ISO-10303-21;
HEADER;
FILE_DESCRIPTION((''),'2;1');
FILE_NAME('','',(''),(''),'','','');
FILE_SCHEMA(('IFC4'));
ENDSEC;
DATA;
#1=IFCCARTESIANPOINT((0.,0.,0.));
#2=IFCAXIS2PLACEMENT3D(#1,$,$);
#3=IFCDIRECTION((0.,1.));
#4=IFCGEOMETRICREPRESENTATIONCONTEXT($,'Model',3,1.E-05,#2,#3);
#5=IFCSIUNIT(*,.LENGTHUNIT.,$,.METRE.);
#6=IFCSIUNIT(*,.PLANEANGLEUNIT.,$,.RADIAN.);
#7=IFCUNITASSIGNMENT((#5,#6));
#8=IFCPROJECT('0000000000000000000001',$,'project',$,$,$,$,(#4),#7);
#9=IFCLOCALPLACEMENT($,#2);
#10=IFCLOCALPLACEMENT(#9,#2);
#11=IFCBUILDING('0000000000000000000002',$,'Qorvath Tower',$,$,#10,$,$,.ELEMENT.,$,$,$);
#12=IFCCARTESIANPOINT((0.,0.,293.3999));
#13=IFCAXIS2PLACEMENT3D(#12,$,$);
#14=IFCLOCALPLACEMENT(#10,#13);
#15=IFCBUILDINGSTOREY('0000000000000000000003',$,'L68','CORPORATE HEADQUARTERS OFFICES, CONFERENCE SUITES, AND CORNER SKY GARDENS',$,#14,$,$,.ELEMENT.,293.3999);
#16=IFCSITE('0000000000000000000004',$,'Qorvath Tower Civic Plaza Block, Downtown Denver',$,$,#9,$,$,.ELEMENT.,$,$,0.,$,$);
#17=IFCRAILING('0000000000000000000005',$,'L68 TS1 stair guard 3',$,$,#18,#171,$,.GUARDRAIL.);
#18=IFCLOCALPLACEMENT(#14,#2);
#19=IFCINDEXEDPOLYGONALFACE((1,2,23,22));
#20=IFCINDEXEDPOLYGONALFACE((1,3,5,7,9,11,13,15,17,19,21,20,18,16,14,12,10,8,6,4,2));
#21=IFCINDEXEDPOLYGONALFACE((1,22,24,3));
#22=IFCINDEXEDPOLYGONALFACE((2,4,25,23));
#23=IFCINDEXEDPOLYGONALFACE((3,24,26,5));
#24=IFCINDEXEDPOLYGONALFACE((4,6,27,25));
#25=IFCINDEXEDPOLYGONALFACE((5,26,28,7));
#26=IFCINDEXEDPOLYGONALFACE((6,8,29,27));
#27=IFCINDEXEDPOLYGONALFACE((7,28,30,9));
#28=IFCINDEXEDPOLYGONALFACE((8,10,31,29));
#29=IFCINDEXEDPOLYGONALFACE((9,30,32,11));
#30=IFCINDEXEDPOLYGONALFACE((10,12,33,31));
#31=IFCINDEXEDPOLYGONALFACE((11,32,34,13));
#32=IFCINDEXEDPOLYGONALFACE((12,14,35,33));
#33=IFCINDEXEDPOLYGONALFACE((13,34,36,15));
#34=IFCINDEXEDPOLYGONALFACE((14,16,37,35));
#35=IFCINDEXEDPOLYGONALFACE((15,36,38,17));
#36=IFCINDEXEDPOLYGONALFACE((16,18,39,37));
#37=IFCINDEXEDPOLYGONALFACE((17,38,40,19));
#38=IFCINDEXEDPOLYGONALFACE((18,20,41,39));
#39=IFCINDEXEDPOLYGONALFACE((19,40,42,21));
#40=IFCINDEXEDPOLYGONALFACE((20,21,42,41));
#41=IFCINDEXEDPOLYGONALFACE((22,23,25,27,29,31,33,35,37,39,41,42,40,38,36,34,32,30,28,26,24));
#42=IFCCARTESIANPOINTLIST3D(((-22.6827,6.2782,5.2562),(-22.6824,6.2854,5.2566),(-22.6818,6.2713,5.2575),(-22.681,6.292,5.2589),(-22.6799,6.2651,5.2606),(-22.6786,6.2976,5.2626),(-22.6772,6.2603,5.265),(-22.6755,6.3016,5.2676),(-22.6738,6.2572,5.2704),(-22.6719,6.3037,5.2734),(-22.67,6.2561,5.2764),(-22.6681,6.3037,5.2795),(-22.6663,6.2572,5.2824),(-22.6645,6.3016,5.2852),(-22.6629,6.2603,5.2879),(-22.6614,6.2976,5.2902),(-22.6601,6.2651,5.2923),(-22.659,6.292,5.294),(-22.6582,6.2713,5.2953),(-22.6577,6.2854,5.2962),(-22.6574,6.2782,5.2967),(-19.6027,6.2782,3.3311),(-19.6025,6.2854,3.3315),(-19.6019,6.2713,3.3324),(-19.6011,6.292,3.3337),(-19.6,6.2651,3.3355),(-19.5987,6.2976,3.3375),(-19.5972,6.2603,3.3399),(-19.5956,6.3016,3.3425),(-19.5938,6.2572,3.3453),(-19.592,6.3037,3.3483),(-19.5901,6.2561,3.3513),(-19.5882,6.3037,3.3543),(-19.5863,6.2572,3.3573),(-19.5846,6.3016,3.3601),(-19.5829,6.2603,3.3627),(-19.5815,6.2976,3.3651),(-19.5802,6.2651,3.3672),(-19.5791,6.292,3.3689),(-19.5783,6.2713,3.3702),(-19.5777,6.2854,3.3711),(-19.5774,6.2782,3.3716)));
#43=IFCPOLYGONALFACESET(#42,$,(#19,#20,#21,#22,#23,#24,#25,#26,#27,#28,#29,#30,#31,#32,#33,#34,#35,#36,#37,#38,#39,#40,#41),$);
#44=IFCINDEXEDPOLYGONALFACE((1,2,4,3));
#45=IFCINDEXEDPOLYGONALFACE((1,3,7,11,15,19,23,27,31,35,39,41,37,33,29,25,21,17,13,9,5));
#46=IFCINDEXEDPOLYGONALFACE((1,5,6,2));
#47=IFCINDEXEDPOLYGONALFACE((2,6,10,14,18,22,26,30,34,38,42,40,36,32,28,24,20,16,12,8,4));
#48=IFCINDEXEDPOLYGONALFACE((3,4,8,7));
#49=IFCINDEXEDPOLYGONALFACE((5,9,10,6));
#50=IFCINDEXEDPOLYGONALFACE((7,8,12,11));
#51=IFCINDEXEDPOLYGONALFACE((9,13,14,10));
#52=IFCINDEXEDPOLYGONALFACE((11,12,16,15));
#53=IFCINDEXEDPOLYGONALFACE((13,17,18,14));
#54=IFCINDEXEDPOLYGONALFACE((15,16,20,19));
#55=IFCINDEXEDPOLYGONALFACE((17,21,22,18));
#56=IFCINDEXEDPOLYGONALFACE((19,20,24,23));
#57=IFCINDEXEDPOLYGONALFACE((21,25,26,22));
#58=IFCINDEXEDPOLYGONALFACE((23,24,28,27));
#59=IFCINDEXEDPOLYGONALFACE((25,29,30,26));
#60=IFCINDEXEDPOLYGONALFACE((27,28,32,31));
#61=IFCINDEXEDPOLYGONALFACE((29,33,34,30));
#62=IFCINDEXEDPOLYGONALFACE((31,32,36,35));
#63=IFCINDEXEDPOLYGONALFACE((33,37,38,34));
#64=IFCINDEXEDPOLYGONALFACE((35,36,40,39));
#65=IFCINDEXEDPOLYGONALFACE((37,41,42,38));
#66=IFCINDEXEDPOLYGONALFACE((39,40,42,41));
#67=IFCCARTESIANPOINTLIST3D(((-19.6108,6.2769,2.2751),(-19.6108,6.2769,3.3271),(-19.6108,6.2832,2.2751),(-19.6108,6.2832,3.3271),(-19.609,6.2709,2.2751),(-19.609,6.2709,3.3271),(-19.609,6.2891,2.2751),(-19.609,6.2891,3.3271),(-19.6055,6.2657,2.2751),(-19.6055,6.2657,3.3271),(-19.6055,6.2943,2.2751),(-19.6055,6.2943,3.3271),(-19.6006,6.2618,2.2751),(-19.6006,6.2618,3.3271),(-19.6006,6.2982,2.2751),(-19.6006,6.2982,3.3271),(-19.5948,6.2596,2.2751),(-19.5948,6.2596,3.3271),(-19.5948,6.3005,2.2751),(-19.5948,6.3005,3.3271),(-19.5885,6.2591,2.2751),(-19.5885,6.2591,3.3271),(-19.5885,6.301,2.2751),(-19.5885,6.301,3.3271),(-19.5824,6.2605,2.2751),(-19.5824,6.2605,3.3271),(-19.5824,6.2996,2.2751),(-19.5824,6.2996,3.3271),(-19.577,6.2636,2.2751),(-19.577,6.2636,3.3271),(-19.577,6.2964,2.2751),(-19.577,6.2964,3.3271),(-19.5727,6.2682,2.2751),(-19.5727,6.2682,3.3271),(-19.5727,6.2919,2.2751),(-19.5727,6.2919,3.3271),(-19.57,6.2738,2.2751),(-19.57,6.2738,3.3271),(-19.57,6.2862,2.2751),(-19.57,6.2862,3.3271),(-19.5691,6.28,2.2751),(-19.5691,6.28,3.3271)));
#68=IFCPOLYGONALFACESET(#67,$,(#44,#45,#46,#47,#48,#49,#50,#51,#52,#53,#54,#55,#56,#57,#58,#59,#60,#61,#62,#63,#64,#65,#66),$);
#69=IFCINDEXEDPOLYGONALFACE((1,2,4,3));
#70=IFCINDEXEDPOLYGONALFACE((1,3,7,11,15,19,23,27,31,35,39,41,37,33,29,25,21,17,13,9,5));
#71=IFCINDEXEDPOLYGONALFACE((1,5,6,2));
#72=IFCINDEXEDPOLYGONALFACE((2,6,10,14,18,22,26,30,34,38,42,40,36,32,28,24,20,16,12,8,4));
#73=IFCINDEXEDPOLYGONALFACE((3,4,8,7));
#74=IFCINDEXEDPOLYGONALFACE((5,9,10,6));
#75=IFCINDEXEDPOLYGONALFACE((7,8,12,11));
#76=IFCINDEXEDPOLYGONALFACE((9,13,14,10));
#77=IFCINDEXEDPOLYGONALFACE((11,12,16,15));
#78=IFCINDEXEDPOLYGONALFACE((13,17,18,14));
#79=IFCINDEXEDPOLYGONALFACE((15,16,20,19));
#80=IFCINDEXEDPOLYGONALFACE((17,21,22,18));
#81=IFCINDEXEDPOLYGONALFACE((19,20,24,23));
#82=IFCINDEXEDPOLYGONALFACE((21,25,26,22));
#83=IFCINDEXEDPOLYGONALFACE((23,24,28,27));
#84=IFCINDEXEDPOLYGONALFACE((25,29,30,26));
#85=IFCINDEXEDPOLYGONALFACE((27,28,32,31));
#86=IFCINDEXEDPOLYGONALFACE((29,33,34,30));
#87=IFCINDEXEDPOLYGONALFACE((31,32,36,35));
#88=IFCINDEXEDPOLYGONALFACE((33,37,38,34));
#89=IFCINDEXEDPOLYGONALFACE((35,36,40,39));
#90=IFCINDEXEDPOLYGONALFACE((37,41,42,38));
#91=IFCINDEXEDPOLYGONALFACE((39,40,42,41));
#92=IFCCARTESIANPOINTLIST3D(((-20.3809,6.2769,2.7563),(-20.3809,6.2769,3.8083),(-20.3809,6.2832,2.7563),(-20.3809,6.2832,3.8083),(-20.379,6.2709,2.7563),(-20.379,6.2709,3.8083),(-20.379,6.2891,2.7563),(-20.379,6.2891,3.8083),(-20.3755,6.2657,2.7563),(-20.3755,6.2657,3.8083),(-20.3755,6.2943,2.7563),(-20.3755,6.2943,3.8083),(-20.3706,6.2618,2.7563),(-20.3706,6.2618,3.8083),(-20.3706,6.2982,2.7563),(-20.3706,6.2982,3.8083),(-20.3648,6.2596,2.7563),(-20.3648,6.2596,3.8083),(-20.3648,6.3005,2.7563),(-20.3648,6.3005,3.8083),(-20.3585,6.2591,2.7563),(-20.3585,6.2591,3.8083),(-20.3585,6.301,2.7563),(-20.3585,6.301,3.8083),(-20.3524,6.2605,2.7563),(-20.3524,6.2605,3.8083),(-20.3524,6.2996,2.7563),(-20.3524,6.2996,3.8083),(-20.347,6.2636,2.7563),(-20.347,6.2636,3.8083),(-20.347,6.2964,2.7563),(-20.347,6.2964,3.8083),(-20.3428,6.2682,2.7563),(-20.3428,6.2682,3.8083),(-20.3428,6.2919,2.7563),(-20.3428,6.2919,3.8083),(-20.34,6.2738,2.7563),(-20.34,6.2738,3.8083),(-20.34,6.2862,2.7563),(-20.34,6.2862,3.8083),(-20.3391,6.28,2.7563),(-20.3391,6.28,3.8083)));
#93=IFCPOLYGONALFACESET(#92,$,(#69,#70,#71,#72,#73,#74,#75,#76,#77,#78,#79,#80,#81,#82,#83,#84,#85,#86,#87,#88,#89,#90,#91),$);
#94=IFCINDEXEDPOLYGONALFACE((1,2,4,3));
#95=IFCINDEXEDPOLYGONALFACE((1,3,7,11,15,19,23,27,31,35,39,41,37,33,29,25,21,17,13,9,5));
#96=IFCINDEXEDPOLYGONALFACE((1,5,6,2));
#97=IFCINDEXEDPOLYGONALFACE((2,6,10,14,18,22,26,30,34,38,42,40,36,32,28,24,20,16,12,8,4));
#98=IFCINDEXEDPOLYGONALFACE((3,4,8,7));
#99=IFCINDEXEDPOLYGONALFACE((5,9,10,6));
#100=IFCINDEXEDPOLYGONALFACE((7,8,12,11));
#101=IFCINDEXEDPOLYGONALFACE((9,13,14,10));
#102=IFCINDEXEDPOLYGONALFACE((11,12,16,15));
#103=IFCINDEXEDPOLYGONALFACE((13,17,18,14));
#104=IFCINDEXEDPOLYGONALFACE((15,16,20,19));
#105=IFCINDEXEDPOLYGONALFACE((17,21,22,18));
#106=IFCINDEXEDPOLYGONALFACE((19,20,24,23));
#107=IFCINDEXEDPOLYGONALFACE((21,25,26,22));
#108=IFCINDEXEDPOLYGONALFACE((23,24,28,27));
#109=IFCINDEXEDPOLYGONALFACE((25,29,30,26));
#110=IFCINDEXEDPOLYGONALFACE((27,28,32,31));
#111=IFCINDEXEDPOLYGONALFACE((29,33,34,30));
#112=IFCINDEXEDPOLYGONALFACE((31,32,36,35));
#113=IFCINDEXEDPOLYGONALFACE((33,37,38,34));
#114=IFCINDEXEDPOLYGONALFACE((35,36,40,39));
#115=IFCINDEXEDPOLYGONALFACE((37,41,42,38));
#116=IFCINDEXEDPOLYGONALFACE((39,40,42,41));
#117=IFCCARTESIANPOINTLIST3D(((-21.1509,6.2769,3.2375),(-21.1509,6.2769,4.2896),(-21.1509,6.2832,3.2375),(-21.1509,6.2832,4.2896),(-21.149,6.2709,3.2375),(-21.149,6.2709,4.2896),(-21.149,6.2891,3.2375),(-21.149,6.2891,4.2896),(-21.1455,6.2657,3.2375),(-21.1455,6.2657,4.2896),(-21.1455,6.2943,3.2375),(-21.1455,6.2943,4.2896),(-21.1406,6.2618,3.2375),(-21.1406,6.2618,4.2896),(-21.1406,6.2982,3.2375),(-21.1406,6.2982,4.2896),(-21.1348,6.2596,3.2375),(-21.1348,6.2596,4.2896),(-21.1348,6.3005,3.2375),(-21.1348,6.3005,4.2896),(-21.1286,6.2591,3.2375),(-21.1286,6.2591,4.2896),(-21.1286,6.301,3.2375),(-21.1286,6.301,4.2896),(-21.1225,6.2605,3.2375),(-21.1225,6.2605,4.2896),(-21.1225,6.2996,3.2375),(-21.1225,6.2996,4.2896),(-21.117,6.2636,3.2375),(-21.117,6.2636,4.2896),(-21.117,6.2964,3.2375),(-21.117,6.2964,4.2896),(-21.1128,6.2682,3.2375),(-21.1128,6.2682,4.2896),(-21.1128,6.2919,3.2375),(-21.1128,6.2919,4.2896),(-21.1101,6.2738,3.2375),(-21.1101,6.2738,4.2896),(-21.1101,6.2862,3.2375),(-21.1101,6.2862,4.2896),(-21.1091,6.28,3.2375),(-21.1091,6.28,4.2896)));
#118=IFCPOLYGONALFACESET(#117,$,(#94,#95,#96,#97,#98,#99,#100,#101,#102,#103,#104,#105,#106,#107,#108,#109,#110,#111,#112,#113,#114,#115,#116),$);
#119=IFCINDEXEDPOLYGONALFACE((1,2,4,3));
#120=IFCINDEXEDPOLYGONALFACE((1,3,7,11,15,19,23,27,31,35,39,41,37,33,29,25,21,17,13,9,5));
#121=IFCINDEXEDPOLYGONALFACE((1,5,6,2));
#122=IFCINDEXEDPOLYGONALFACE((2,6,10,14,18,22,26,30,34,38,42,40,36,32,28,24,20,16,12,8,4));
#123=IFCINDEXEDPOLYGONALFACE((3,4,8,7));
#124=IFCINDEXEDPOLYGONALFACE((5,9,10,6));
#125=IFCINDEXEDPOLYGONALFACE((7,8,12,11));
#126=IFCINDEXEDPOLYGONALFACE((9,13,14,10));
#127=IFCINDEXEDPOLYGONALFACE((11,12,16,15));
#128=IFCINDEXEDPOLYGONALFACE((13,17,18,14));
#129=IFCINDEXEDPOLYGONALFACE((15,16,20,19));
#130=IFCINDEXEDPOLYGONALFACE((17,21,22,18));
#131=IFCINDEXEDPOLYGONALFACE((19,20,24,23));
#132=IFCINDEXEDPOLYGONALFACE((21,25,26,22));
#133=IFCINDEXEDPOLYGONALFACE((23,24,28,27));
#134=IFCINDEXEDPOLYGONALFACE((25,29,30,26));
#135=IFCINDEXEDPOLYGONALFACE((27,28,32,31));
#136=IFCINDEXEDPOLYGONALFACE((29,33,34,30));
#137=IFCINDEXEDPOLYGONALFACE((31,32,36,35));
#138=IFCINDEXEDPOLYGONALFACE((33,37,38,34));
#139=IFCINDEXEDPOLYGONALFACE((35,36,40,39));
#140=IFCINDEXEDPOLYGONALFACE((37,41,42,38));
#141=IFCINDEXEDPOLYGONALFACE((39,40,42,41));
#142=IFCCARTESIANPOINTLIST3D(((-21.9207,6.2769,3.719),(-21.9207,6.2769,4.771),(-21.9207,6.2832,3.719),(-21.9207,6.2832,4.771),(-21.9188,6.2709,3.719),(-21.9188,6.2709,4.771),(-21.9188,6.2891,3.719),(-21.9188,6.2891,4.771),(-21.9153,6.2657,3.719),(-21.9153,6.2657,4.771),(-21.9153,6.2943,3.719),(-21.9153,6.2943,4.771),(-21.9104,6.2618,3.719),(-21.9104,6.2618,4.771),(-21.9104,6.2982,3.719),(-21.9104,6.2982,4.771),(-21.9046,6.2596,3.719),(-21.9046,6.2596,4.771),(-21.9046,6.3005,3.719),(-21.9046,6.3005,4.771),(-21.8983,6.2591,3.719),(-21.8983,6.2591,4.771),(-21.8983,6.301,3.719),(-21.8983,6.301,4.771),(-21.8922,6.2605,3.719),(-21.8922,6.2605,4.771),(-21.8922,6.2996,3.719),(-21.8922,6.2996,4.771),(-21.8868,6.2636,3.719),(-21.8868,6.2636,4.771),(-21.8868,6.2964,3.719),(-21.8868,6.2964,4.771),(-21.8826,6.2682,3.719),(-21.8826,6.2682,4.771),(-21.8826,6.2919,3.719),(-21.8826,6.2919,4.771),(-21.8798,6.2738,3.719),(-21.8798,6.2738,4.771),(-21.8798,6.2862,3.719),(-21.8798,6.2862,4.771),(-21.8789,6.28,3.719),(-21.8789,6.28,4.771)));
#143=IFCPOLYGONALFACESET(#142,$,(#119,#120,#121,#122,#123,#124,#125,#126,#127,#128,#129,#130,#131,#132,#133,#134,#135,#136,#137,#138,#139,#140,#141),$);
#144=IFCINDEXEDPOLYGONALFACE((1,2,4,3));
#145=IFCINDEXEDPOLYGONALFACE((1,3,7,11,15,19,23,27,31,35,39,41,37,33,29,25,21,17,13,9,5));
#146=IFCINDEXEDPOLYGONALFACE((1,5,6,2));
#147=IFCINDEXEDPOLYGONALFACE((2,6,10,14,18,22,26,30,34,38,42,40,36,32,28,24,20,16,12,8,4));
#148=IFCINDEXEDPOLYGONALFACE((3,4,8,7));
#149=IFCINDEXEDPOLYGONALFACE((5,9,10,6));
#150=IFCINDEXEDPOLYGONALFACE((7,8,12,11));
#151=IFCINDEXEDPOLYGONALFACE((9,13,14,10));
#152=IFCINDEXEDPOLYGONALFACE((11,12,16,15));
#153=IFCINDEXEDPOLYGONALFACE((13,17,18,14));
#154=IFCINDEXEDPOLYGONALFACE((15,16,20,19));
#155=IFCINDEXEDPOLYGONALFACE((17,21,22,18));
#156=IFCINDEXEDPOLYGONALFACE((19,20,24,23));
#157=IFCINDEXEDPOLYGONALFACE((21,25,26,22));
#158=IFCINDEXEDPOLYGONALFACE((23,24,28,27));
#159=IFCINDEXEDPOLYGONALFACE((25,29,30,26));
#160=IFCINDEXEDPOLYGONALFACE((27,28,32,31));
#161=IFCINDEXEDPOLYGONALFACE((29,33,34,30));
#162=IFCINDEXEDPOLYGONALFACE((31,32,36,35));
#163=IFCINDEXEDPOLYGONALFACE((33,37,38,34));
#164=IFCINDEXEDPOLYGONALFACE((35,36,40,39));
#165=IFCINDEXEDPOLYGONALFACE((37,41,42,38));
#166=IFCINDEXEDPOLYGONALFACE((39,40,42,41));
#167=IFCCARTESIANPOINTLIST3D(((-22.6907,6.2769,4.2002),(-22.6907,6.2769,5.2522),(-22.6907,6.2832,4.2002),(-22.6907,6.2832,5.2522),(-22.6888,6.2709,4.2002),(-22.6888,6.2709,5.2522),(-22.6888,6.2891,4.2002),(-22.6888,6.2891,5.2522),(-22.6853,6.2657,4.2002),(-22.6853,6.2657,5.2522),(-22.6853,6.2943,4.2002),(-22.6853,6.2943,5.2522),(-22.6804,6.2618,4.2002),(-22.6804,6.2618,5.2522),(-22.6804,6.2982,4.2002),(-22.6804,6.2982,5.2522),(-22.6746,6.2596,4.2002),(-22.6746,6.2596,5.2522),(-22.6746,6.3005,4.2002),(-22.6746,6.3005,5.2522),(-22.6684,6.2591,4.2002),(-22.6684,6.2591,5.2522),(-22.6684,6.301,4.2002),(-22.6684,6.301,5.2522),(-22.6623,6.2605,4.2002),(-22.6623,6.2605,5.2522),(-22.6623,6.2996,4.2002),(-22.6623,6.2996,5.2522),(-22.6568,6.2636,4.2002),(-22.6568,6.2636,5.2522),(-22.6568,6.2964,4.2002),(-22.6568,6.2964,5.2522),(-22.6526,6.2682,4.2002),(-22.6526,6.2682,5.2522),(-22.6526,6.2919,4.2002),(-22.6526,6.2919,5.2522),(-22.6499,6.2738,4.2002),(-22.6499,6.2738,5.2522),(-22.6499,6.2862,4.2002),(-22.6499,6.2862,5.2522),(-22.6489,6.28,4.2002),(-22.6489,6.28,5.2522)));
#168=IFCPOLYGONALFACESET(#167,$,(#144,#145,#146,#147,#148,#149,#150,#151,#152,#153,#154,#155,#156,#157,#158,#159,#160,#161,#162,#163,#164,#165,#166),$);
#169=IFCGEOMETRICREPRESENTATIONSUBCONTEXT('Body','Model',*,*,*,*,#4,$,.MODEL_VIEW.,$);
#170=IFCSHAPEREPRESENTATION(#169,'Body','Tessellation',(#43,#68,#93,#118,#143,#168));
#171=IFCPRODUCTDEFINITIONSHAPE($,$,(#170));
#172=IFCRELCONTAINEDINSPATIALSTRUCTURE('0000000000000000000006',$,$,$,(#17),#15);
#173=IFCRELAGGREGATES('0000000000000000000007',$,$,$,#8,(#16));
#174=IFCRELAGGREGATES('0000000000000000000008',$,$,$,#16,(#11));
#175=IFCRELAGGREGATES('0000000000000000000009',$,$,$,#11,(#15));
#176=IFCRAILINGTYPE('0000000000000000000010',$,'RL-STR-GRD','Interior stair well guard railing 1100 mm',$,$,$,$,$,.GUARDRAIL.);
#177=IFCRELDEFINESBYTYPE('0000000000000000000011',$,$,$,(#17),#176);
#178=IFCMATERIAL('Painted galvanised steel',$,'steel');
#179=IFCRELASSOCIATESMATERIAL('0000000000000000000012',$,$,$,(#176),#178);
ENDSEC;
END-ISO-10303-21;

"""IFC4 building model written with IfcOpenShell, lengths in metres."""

from ifc_helpers import new_model, si_unit, direction, frame, origin, origin_2d, place, context, subcontext, project, spatial, circle, extrude, material, type_object, element, save


model = new_model("IFC4")

# Units and contexts
model_context = context("Model", 3, precision=1e-05, world=origin(), true_north=direction((0.0, 1.0)))
body_context = subcontext(model_context, "Body", "Model", "MODEL_VIEW")
ifc_project = project(units=[si_unit("LENGTHUNIT", "METRE"), si_unit("PLANEANGLEUNIT", "RADIAN")], contexts=[model_context])

# Site, building, storey
site_placement = place(None, origin())
site = spatial("IfcSite", under=ifc_project, at=site_placement, Name="Qorvath Tower Civic Plaza Block, Downtown Denver", CompositionType="ELEMENT", RefElevation=0.0)
building_placement = place(site_placement, origin())
building = spatial("IfcBuilding", under=site, at=building_placement, Name="Qorvath Tower", CompositionType="ELEMENT")
storey_placement = place(building_placement, frame((0.0, 0.0, 293.3999)))
storey = spatial("IfcBuildingStorey", under=building, at=storey_placement, Name="L68", Description="CORPORATE HEADQUARTERS OFFICES, CONFERENCE SUITES, AND CORNER SKY GARDENS", CompositionType="ELEMENT", Elevation=293.3999)

# Railing
ifc_material_1 = material(Name="Painted galvanised steel", Category="steel")
railing_type_1 = type_object("IfcRailingType", Name="RL-STR-GRD", Description="Interior stair well guard railing 1100 mm", PredefinedType="GUARDRAIL", material=ifc_material_1)
railing_1_placement = place(storey_placement, frame((-19.5901, 6.28, 2.2751)))
element("IfcRailing", 1, at=railing_1_placement, inside=storey, type_object=railing_type_1, Name="L68 TS1 stair guard 3", PredefinedType="GUARDRAIL", context=body_context, shape_type="SweptSolid", body=[
    extrude(circle(Radius=0.0239, at=origin_2d()), frame((0.0, 0.0, 1.0762), z_axis=(-0.847979, 0.0, 0.530029), x_axis=(0.0, -1.0, 0.0)), (0.0, 0.0, 1.0), 3.6321),
    extrude(circle(Radius=0.021, at=origin_2d()), origin(), (0.0, 0.0, 1.0), 1.052),
    extrude(circle(Radius=0.021, at=origin_2d()), frame((-0.77, 0.0, 0.4812)), (0.0, 0.0, 1.0), 1.052),
    extrude(circle(Radius=0.021, at=origin_2d()), frame((-1.54, 0.0, 0.9624)), (0.0, 0.0, 1.0), 1.052),
    extrude(circle(Radius=0.021, at=origin_2d()), frame((-2.3098, 0.0, 1.4438)), (0.0, 0.0, 1.0), 1.052),
    extrude(circle(Radius=0.021, at=origin_2d()), frame((-3.0798, 0.0, 1.925)), (0.0, 0.0, 1.0), 1.052),
])

save(model, "model.ifc")
